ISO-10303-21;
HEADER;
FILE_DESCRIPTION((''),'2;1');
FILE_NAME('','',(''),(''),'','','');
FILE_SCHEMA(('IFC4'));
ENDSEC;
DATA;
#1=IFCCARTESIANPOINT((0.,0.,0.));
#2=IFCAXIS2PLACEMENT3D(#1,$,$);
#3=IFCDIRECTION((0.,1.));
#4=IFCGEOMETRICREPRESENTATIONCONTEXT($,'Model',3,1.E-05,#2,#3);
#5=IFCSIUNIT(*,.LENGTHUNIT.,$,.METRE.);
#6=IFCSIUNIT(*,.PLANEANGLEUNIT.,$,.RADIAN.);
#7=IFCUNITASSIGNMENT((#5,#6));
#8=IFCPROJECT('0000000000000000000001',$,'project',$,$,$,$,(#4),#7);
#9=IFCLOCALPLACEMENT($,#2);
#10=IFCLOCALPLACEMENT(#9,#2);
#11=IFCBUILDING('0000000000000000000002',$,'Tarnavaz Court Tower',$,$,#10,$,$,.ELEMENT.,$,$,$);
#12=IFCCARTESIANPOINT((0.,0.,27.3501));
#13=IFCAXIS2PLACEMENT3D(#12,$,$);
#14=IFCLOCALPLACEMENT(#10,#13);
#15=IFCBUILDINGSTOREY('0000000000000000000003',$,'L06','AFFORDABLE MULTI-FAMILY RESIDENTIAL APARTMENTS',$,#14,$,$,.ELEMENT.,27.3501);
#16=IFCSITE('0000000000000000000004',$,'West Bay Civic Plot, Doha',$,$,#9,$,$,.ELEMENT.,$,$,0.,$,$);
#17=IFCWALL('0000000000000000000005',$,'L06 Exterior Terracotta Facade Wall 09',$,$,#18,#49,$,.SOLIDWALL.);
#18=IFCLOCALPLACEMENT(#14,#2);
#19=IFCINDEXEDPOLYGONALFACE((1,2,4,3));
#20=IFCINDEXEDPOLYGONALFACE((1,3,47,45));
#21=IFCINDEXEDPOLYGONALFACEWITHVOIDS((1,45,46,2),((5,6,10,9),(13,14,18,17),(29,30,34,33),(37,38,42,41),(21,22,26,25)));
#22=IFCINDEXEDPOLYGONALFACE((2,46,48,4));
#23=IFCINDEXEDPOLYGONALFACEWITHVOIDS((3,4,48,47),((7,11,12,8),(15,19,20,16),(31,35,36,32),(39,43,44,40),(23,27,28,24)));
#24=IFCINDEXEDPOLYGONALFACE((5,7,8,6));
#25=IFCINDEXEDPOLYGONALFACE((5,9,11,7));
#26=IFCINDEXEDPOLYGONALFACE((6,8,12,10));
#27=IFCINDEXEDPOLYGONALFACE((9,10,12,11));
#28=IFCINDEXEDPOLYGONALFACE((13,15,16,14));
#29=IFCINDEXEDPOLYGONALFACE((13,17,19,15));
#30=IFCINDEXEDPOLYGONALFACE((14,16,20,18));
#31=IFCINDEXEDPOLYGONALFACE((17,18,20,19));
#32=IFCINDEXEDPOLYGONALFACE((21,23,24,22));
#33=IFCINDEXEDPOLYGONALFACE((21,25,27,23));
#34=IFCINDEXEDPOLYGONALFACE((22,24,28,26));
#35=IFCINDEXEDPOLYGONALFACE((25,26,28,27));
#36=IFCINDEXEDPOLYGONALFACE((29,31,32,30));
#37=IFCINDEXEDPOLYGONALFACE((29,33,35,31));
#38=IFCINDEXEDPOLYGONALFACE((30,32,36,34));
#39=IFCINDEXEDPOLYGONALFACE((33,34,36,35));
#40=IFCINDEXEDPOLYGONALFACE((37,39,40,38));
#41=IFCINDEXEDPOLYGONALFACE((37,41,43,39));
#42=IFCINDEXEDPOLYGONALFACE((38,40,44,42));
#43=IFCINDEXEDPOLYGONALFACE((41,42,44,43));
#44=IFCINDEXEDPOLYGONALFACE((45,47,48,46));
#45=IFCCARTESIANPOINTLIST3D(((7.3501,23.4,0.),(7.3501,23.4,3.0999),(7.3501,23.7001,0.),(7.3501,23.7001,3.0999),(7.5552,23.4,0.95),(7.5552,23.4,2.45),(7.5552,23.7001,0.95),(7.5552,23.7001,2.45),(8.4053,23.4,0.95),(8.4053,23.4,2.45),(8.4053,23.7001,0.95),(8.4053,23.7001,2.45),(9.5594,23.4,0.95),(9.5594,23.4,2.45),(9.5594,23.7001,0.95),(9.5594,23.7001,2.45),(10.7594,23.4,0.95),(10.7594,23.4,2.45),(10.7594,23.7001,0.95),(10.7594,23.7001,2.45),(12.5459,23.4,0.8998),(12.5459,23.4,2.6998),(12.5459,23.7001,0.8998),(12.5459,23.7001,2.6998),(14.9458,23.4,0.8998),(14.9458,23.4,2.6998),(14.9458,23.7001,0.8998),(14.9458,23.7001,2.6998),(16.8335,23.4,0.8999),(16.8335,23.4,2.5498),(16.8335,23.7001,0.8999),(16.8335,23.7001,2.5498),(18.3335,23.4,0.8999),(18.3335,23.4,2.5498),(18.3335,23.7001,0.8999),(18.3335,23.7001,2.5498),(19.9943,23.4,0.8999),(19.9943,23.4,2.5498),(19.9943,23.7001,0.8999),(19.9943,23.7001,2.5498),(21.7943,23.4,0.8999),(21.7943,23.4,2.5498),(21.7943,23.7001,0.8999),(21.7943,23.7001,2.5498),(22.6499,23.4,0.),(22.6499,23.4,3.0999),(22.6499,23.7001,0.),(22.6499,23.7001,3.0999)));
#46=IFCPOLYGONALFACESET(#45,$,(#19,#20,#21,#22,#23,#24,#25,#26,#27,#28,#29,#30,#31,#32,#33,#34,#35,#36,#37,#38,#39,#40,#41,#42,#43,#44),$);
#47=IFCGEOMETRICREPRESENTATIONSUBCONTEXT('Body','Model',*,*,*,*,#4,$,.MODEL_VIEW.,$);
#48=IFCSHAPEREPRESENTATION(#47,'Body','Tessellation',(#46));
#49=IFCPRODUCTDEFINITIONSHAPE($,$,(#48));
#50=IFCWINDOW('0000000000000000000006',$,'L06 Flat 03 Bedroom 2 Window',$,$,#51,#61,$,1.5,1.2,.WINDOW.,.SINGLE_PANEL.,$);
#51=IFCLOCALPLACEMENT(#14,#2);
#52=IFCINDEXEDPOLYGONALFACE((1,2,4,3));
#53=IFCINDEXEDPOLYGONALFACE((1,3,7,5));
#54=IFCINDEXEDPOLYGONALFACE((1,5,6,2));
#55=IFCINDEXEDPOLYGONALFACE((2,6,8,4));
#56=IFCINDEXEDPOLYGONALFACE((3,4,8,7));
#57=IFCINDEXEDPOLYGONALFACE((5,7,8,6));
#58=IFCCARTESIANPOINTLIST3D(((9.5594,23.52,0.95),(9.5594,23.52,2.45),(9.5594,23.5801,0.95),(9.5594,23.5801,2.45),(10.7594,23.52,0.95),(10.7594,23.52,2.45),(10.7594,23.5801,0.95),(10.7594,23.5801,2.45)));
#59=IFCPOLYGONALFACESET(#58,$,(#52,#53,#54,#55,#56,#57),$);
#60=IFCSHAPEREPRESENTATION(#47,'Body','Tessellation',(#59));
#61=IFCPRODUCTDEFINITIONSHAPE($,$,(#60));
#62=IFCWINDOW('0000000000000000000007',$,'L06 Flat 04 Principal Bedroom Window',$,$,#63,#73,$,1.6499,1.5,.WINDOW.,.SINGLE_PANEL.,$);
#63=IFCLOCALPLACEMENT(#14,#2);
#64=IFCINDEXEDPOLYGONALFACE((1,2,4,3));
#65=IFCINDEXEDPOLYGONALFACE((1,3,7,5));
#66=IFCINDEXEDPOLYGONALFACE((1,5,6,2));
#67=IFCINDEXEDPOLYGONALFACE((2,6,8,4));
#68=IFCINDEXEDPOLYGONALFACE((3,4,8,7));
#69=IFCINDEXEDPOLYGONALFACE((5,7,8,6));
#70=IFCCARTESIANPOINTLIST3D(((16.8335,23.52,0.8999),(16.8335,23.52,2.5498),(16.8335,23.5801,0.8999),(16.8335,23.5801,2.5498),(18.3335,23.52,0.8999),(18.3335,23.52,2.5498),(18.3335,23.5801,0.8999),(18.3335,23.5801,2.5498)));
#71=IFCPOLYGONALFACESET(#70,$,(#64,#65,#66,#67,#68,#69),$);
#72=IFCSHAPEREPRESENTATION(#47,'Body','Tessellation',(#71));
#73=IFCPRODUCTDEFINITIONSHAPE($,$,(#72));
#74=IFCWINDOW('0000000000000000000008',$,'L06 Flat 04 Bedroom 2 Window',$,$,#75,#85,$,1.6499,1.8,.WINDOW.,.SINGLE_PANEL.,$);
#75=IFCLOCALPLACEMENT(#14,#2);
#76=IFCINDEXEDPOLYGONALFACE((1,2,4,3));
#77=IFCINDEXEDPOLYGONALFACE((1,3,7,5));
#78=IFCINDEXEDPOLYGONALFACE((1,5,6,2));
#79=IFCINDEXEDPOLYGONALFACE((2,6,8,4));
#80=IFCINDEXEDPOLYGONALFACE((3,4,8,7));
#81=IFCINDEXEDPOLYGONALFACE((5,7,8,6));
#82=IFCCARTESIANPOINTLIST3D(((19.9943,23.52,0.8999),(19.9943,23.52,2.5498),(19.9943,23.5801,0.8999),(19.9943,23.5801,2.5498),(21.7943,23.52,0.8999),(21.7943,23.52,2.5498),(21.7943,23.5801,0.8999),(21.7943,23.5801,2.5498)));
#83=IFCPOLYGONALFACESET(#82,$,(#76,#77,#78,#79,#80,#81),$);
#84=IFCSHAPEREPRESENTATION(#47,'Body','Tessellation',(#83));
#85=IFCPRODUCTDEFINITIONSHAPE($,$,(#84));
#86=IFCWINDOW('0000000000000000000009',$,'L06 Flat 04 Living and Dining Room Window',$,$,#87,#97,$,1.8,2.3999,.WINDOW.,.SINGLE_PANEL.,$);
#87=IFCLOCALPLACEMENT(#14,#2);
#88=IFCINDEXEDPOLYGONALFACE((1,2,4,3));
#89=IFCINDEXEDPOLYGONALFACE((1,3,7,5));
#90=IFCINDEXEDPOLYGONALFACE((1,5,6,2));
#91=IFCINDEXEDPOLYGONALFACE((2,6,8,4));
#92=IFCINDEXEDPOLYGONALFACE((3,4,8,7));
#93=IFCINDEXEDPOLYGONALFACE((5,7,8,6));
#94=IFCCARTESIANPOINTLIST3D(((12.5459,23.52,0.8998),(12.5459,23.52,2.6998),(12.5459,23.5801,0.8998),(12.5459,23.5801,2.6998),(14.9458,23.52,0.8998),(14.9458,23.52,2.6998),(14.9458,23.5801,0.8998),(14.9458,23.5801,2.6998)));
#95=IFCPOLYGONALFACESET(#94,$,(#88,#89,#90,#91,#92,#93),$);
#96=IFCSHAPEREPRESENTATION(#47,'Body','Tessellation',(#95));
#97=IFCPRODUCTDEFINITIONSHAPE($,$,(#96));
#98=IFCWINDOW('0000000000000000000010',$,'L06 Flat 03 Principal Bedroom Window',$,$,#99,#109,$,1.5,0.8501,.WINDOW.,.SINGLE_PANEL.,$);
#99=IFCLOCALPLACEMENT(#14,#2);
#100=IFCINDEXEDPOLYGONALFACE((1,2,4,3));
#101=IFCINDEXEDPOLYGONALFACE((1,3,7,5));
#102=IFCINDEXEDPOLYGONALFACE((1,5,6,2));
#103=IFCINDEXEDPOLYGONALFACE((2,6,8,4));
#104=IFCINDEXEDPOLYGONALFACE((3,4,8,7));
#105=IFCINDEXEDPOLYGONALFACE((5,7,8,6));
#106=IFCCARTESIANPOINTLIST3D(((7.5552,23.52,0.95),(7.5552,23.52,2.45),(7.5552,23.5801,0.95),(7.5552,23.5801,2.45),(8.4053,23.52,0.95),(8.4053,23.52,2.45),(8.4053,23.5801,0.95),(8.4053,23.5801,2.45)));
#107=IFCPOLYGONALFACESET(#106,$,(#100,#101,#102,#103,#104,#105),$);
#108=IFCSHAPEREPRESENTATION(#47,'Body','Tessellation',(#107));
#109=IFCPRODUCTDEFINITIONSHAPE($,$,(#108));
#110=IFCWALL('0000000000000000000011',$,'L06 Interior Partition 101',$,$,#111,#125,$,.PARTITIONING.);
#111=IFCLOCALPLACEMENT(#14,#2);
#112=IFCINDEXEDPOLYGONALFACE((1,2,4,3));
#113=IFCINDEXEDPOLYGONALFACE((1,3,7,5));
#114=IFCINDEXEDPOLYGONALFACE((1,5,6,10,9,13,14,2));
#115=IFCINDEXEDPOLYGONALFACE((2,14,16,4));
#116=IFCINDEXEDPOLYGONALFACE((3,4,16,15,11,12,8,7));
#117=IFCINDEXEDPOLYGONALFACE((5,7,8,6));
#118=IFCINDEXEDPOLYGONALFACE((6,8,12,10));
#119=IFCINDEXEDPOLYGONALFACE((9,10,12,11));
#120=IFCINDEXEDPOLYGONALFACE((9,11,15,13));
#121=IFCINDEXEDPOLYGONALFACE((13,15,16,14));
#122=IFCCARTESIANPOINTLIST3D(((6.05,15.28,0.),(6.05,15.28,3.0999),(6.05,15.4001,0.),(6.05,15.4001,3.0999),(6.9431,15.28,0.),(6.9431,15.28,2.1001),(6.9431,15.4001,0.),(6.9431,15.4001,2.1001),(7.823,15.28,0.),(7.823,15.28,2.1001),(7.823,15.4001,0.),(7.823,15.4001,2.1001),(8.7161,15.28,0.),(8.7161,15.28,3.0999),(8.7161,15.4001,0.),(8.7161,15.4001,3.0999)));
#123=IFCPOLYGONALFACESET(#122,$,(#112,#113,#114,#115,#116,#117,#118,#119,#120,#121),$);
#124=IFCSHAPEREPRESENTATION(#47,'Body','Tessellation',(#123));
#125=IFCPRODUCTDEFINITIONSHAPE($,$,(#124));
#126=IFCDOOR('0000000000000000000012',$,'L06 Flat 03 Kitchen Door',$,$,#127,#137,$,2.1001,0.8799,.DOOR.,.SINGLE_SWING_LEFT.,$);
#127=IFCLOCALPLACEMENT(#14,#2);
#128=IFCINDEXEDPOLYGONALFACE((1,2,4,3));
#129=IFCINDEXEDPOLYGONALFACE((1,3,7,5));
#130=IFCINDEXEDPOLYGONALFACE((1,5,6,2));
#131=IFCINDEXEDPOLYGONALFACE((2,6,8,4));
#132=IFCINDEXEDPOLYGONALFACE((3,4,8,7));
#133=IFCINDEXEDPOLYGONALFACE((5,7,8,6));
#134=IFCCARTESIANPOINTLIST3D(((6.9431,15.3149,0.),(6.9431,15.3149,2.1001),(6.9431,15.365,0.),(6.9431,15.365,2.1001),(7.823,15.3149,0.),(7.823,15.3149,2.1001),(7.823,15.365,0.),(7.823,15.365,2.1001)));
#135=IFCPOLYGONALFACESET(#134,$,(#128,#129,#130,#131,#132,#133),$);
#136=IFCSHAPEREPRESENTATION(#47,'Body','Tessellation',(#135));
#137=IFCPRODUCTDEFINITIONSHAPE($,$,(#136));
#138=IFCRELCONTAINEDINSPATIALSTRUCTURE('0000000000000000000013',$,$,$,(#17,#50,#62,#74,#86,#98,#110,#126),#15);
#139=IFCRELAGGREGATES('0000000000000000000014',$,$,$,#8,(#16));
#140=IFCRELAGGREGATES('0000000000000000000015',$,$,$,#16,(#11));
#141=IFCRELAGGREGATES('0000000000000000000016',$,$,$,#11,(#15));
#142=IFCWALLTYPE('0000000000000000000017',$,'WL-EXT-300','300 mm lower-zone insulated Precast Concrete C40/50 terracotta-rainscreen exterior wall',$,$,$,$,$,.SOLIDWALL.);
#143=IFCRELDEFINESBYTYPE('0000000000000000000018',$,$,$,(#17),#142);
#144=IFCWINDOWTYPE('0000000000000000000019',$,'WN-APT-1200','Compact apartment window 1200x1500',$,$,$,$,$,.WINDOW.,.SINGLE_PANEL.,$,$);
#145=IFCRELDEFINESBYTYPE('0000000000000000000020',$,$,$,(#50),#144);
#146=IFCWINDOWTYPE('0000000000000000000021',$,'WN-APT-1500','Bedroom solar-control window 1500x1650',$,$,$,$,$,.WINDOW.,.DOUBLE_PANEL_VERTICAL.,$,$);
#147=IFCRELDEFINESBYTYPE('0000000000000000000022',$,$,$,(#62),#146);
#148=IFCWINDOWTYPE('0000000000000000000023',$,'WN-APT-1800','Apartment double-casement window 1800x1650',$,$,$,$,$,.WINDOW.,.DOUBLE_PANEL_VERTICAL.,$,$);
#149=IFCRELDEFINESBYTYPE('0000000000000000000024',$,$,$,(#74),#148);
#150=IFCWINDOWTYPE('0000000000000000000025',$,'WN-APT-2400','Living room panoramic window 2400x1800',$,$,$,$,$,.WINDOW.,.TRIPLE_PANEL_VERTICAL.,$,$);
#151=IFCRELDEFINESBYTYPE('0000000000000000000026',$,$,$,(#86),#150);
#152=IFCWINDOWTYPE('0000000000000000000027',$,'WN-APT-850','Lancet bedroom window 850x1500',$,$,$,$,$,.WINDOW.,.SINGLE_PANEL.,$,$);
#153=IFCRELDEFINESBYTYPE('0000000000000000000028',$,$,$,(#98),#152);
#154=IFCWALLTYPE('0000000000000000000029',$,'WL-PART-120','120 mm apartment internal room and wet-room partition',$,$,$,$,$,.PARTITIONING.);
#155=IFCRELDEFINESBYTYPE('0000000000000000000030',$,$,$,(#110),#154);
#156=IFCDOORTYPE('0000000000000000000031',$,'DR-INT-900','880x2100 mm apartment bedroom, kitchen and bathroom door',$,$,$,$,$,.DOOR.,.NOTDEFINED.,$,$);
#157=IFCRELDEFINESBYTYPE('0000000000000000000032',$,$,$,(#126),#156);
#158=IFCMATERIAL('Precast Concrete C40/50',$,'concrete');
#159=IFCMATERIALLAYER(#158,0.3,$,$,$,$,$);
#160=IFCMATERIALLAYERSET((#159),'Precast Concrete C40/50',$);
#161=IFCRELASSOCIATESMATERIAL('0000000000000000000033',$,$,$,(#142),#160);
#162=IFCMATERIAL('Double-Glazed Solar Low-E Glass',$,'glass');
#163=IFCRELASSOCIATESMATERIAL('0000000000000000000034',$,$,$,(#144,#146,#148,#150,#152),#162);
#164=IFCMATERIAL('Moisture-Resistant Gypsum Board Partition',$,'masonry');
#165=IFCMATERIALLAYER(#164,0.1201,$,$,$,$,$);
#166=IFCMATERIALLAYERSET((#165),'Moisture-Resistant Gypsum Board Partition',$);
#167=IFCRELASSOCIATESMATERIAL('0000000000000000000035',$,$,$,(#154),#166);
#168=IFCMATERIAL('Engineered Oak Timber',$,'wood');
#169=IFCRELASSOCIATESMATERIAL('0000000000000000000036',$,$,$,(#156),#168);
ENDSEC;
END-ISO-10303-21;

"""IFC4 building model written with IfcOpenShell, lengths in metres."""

from ifc_helpers import new_model, si_unit, direction, frame, frame_2d, origin, place, context, subcontext, project, spatial, rectangle, extrude, material, layer, layer_set, type_object, element, fill, save


model = new_model("IFC4")

# Units and contexts
model_context = context("Model", 3, precision=1e-05, world=origin(), true_north=direction((0.0, 1.0)))
body_context = subcontext(model_context, "Body", "Model", "MODEL_VIEW")
ifc_project = project(units=[si_unit("LENGTHUNIT", "METRE"), si_unit("PLANEANGLEUNIT", "RADIAN")], contexts=[model_context])

# Site, building, storey
site_placement = place(None, origin())
site = spatial("IfcSite", under=ifc_project, at=site_placement, Name="West Bay Civic Plot, Doha", CompositionType="ELEMENT", RefElevation=0.0)
building_placement = place(site_placement, origin())
building = spatial("IfcBuilding", under=site, at=building_placement, Name="Tarnavaz Court Tower", CompositionType="ELEMENT")
storey_placement = place(building_placement, frame((0.0, 0.0, 27.3501)))
storey = spatial("IfcBuildingStorey", under=building, at=storey_placement, Name="L06", Description="AFFORDABLE MULTI-FAMILY RESIDENTIAL APARTMENTS", CompositionType="ELEMENT", Elevation=27.3501)

# Wall, openings, windows
ifc_material_1 = material(Name="Precast Concrete C40/50", Category="concrete")
ifc_layer_1 = layer(ifc_material_1, 0.3)
ifc_layer_set_1 = layer_set([ifc_layer_1], Name="Precast Concrete C40/50")
wall_type_1 = type_object("IfcWallType", Name="WL-EXT-300", Description="300 mm lower-zone insulated Precast Concrete C40/50 terracotta-rainscreen exterior wall", PredefinedType="SOLIDWALL", material=ifc_layer_set_1)
wall_1_placement = place(storey_placement, frame((7.3501, 23.55, 0.0), z_axis=(0.0, 0.0, 1.0), x_axis=(1.0, 0.0, 0.0)))
wall_1 = element("IfcWall", 1, at=wall_1_placement, inside=storey, type_object=wall_type_1, Name="L06 Exterior Terracotta Facade Wall 09", PredefinedType="SOLIDWALL", context=body_context, shape_type="SweptSolid", body=[
    extrude(rectangle(XDim=15.2998, YDim=0.3, at=frame_2d((7.6499, 0.0))), origin(), (0.0, 0.0, 1.0), 3.0999),
])
opening_1_placement = place(wall_1_placement, frame((0.2051, 0.0, 0.95)))
opening_1 = element("IfcOpeningElement", 2, at=opening_1_placement, cuts=wall_1, PredefinedType="OPENING", context=body_context, shape_type="SweptSolid", body=[
    extrude(rectangle(XDim=0.8501, YDim=1.5, at=frame_2d((0.425, 0.75))), frame((0.0, 0.1599, 0.0), z_axis=(0.0, -1.0, 0.0), x_axis=(1.0, 0.0, 0.0)), (0.0, 0.0, 1.0), 0.3201),
])
opening_2_placement = place(wall_1_placement, frame((2.2092, 0.0, 0.95)))
opening_2 = element("IfcOpeningElement", 3, at=opening_2_placement, cuts=wall_1, PredefinedType="OPENING", context=body_context, shape_type="SweptSolid", body=[
    extrude(rectangle(XDim=1.2, YDim=1.5, at=frame_2d((0.6001, 0.75))), frame((0.0, 0.1599, 0.0), z_axis=(0.0, -1.0, 0.0), x_axis=(1.0, 0.0, 0.0)), (0.0, 0.0, 1.0), 0.3201),
])
opening_3_placement = place(wall_1_placement, frame((5.1958, 0.0, 0.8999)))
opening_3 = element("IfcOpeningElement", 4, at=opening_3_placement, cuts=wall_1, PredefinedType="OPENING", context=body_context, shape_type="SweptSolid", body=[
    extrude(rectangle(XDim=2.3999, YDim=1.8, at=frame_2d((1.2, 0.8999))), frame((0.0, 0.1599, 0.0), z_axis=(0.0, -1.0, 0.0), x_axis=(1.0, 0.0, 0.0)), (0.0, 0.0, 1.0), 0.3201),
])
opening_4_placement = place(wall_1_placement, frame((9.4834, 0.0, 0.8999)))
opening_4 = element("IfcOpeningElement", 5, at=opening_4_placement, cuts=wall_1, PredefinedType="OPENING", context=body_context, shape_type="SweptSolid", body=[
    extrude(rectangle(XDim=1.5, YDim=1.6499, at=frame_2d((0.75, 0.825))), frame((0.0, 0.1599, 0.0), z_axis=(0.0, -1.0, 0.0), x_axis=(1.0, 0.0, 0.0)), (0.0, 0.0, 1.0), 0.3201),
])
opening_5_placement = place(wall_1_placement, frame((12.6443, 0.0, 0.8999)))
opening_5 = element("IfcOpeningElement", 6, at=opening_5_placement, cuts=wall_1, PredefinedType="OPENING", context=body_context, shape_type="SweptSolid", body=[
    extrude(rectangle(XDim=1.8, YDim=1.6499, at=frame_2d((0.8999, 0.825))), frame((0.0, 0.1599, 0.0), z_axis=(0.0, -1.0, 0.0), x_axis=(1.0, 0.0, 0.0)), (0.0, 0.0, 1.0), 0.3201),
])
ifc_material_2 = material(Name="Double-Glazed Solar Low-E Glass", Category="glass")
window_type_1 = type_object("IfcWindowType", Name="WN-APT-1200", Description="Compact apartment window 1200x1500", PartitioningType="SINGLE_PANEL", PredefinedType="WINDOW", material=ifc_material_2)
window_1_placement = place(opening_2_placement, origin())
window_1 = element("IfcWindow", 7, at=window_1_placement, inside=storey, type_object=window_type_1, Name="L06 Flat 03 Bedroom 2 Window", OverallHeight=1.5, OverallWidth=1.2, PartitioningType="SINGLE_PANEL", PredefinedType="WINDOW", context=body_context, shape_type="SweptSolid", body=[
    extrude(rectangle(XDim=1.2, YDim=1.5, at=frame_2d((0.6001, 0.75))), frame((0.0, 0.03, 0.0), z_axis=(0.0, -1.0, 0.0), x_axis=(1.0, 0.0, 0.0)), (0.0, 0.0, 1.0), 0.0601),
])
fill(opening_2, window_1)
window_type_2 = type_object("IfcWindowType", Name="WN-APT-1500", Description="Bedroom solar-control window 1500x1650", PartitioningType="DOUBLE_PANEL_VERTICAL", PredefinedType="WINDOW", material=ifc_material_2)
window_2_placement = place(opening_4_placement, origin())
window_2 = element("IfcWindow", 8, at=window_2_placement, inside=storey, type_object=window_type_2, Name="L06 Flat 04 Principal Bedroom Window", OverallHeight=1.6499, OverallWidth=1.5, PartitioningType="SINGLE_PANEL", PredefinedType="WINDOW", context=body_context, shape_type="SweptSolid", body=[
    extrude(rectangle(XDim=1.5, YDim=1.6499, at=frame_2d((0.75, 0.825))), frame((0.0, 0.03, 0.0), z_axis=(0.0, -1.0, 0.0), x_axis=(1.0, 0.0, 0.0)), (0.0, 0.0, 1.0), 0.0601),
])
fill(opening_4, window_2)
window_type_3 = type_object("IfcWindowType", Name="WN-APT-1800", Description="Apartment double-casement window 1800x1650", PartitioningType="DOUBLE_PANEL_VERTICAL", PredefinedType="WINDOW", material=ifc_material_2)
window_3_placement = place(opening_5_placement, origin())
window_3 = element("IfcWindow", 9, at=window_3_placement, inside=storey, type_object=window_type_3, Name="L06 Flat 04 Bedroom 2 Window", OverallHeight=1.6499, OverallWidth=1.8, PartitioningType="SINGLE_PANEL", PredefinedType="WINDOW", context=body_context, shape_type="SweptSolid", body=[
    extrude(rectangle(XDim=1.8, YDim=1.6499, at=frame_2d((0.8999, 0.825))), frame((0.0, 0.03, 0.0), z_axis=(0.0, -1.0, 0.0), x_axis=(1.0, 0.0, 0.0)), (0.0, 0.0, 1.0), 0.0601),
])
fill(opening_5, window_3)
window_type_4 = type_object("IfcWindowType", Name="WN-APT-2400", Description="Living room panoramic window 2400x1800", PartitioningType="TRIPLE_PANEL_VERTICAL", PredefinedType="WINDOW", material=ifc_material_2)
window_4_placement = place(opening_3_placement, origin())
window_4 = element("IfcWindow", 10, at=window_4_placement, inside=storey, type_object=window_type_4, Name="L06 Flat 04 Living and Dining Room Window", OverallHeight=1.8, OverallWidth=2.3999, PartitioningType="SINGLE_PANEL", PredefinedType="WINDOW", context=body_context, shape_type="SweptSolid", body=[
    extrude(rectangle(XDim=2.3999, YDim=1.8, at=frame_2d((1.2, 0.8999))), frame((0.0, 0.03, 0.0), z_axis=(0.0, -1.0, 0.0), x_axis=(1.0, 0.0, 0.0)), (0.0, 0.0, 1.0), 0.0601),
])
fill(opening_3, window_4)
window_type_5 = type_object("IfcWindowType", Name="WN-APT-850", Description="Lancet bedroom window 850x1500", PartitioningType="SINGLE_PANEL", PredefinedType="WINDOW", material=ifc_material_2)
window_5_placement = place(opening_1_placement, origin())
window_5 = element("IfcWindow", 11, at=window_5_placement, inside=storey, type_object=window_type_5, Name="L06 Flat 03 Principal Bedroom Window", OverallHeight=1.5, OverallWidth=0.8501, PartitioningType="SINGLE_PANEL", PredefinedType="WINDOW", context=body_context, shape_type="SweptSolid", body=[
    extrude(rectangle(XDim=0.8501, YDim=1.5, at=frame_2d((0.425, 0.75))), frame((0.0, 0.03, 0.0), z_axis=(0.0, -1.0, 0.0), x_axis=(1.0, 0.0, 0.0)), (0.0, 0.0, 1.0), 0.0601),
])
fill(opening_1, window_5)

# Wall, opening, door
ifc_material_3 = material(Name="Moisture-Resistant Gypsum Board Partition", Category="masonry")
ifc_layer_2 = layer(ifc_material_3, 0.1201)
ifc_layer_set_2 = layer_set([ifc_layer_2], Name="Moisture-Resistant Gypsum Board Partition")
wall_type_2 = type_object("IfcWallType", Name="WL-PART-120", Description="120 mm apartment internal room and wet-room partition", PredefinedType="PARTITIONING", material=ifc_layer_set_2)
wall_2_placement = place(storey_placement, frame((6.05, 15.3401, 0.0), z_axis=(0.0, 0.0, 1.0), x_axis=(1.0, 0.0, 0.0)))
wall_2 = element("IfcWall", 12, at=wall_2_placement, inside=storey, type_object=wall_type_2, Name="L06 Interior Partition 101", PredefinedType="PARTITIONING", context=body_context, shape_type="SweptSolid", body=[
    extrude(rectangle(XDim=2.666, YDim=0.1201, at=frame_2d((1.333, 0.0))), origin(), (0.0, 0.0, 1.0), 3.0999),
])
opening_6_placement = place(wall_2_placement, frame((0.8931, 0.0, 0.0)))
opening_6 = element("IfcOpeningElement", 13, at=opening_6_placement, cuts=wall_2, PredefinedType="OPENING", context=body_context, shape_type="SweptSolid", body=[
    extrude(rectangle(XDim=0.8799, YDim=2.1001, at=frame_2d((0.4399, 1.05))), frame((0.0, 0.0701, 0.0), z_axis=(0.0, -1.0, 0.0), x_axis=(1.0, 0.0, 0.0)), (0.0, 0.0, 1.0), 0.1401),
])
ifc_material_4 = material(Name="Engineered Oak Timber", Category="wood")
door_type = type_object("IfcDoorType", Name="DR-INT-900", Description="880x2100 mm apartment bedroom, kitchen and bathroom door", OperationType="NOTDEFINED", PredefinedType="DOOR", material=ifc_material_4)
door_1_placement = place(opening_6_placement, origin())
door_1 = element("IfcDoor", 14, at=door_1_placement, inside=storey, type_object=door_type, Name="L06 Flat 03 Kitchen Door", OperationType="SINGLE_SWING_LEFT", OverallHeight=2.1001, OverallWidth=0.8799, PredefinedType="DOOR", context=body_context, shape_type="SweptSolid", body=[
    extrude(rectangle(XDim=0.8799, YDim=2.1001, at=frame_2d((0.4399, 1.05))), frame((0.0, 0.0249, 0.0), z_axis=(0.0, -1.0, 0.0), x_axis=(1.0, 0.0, 0.0)), (0.0, 0.0, 1.0), 0.05),
])
fill(opening_6, door_1)

save(model, "model.ifc")
